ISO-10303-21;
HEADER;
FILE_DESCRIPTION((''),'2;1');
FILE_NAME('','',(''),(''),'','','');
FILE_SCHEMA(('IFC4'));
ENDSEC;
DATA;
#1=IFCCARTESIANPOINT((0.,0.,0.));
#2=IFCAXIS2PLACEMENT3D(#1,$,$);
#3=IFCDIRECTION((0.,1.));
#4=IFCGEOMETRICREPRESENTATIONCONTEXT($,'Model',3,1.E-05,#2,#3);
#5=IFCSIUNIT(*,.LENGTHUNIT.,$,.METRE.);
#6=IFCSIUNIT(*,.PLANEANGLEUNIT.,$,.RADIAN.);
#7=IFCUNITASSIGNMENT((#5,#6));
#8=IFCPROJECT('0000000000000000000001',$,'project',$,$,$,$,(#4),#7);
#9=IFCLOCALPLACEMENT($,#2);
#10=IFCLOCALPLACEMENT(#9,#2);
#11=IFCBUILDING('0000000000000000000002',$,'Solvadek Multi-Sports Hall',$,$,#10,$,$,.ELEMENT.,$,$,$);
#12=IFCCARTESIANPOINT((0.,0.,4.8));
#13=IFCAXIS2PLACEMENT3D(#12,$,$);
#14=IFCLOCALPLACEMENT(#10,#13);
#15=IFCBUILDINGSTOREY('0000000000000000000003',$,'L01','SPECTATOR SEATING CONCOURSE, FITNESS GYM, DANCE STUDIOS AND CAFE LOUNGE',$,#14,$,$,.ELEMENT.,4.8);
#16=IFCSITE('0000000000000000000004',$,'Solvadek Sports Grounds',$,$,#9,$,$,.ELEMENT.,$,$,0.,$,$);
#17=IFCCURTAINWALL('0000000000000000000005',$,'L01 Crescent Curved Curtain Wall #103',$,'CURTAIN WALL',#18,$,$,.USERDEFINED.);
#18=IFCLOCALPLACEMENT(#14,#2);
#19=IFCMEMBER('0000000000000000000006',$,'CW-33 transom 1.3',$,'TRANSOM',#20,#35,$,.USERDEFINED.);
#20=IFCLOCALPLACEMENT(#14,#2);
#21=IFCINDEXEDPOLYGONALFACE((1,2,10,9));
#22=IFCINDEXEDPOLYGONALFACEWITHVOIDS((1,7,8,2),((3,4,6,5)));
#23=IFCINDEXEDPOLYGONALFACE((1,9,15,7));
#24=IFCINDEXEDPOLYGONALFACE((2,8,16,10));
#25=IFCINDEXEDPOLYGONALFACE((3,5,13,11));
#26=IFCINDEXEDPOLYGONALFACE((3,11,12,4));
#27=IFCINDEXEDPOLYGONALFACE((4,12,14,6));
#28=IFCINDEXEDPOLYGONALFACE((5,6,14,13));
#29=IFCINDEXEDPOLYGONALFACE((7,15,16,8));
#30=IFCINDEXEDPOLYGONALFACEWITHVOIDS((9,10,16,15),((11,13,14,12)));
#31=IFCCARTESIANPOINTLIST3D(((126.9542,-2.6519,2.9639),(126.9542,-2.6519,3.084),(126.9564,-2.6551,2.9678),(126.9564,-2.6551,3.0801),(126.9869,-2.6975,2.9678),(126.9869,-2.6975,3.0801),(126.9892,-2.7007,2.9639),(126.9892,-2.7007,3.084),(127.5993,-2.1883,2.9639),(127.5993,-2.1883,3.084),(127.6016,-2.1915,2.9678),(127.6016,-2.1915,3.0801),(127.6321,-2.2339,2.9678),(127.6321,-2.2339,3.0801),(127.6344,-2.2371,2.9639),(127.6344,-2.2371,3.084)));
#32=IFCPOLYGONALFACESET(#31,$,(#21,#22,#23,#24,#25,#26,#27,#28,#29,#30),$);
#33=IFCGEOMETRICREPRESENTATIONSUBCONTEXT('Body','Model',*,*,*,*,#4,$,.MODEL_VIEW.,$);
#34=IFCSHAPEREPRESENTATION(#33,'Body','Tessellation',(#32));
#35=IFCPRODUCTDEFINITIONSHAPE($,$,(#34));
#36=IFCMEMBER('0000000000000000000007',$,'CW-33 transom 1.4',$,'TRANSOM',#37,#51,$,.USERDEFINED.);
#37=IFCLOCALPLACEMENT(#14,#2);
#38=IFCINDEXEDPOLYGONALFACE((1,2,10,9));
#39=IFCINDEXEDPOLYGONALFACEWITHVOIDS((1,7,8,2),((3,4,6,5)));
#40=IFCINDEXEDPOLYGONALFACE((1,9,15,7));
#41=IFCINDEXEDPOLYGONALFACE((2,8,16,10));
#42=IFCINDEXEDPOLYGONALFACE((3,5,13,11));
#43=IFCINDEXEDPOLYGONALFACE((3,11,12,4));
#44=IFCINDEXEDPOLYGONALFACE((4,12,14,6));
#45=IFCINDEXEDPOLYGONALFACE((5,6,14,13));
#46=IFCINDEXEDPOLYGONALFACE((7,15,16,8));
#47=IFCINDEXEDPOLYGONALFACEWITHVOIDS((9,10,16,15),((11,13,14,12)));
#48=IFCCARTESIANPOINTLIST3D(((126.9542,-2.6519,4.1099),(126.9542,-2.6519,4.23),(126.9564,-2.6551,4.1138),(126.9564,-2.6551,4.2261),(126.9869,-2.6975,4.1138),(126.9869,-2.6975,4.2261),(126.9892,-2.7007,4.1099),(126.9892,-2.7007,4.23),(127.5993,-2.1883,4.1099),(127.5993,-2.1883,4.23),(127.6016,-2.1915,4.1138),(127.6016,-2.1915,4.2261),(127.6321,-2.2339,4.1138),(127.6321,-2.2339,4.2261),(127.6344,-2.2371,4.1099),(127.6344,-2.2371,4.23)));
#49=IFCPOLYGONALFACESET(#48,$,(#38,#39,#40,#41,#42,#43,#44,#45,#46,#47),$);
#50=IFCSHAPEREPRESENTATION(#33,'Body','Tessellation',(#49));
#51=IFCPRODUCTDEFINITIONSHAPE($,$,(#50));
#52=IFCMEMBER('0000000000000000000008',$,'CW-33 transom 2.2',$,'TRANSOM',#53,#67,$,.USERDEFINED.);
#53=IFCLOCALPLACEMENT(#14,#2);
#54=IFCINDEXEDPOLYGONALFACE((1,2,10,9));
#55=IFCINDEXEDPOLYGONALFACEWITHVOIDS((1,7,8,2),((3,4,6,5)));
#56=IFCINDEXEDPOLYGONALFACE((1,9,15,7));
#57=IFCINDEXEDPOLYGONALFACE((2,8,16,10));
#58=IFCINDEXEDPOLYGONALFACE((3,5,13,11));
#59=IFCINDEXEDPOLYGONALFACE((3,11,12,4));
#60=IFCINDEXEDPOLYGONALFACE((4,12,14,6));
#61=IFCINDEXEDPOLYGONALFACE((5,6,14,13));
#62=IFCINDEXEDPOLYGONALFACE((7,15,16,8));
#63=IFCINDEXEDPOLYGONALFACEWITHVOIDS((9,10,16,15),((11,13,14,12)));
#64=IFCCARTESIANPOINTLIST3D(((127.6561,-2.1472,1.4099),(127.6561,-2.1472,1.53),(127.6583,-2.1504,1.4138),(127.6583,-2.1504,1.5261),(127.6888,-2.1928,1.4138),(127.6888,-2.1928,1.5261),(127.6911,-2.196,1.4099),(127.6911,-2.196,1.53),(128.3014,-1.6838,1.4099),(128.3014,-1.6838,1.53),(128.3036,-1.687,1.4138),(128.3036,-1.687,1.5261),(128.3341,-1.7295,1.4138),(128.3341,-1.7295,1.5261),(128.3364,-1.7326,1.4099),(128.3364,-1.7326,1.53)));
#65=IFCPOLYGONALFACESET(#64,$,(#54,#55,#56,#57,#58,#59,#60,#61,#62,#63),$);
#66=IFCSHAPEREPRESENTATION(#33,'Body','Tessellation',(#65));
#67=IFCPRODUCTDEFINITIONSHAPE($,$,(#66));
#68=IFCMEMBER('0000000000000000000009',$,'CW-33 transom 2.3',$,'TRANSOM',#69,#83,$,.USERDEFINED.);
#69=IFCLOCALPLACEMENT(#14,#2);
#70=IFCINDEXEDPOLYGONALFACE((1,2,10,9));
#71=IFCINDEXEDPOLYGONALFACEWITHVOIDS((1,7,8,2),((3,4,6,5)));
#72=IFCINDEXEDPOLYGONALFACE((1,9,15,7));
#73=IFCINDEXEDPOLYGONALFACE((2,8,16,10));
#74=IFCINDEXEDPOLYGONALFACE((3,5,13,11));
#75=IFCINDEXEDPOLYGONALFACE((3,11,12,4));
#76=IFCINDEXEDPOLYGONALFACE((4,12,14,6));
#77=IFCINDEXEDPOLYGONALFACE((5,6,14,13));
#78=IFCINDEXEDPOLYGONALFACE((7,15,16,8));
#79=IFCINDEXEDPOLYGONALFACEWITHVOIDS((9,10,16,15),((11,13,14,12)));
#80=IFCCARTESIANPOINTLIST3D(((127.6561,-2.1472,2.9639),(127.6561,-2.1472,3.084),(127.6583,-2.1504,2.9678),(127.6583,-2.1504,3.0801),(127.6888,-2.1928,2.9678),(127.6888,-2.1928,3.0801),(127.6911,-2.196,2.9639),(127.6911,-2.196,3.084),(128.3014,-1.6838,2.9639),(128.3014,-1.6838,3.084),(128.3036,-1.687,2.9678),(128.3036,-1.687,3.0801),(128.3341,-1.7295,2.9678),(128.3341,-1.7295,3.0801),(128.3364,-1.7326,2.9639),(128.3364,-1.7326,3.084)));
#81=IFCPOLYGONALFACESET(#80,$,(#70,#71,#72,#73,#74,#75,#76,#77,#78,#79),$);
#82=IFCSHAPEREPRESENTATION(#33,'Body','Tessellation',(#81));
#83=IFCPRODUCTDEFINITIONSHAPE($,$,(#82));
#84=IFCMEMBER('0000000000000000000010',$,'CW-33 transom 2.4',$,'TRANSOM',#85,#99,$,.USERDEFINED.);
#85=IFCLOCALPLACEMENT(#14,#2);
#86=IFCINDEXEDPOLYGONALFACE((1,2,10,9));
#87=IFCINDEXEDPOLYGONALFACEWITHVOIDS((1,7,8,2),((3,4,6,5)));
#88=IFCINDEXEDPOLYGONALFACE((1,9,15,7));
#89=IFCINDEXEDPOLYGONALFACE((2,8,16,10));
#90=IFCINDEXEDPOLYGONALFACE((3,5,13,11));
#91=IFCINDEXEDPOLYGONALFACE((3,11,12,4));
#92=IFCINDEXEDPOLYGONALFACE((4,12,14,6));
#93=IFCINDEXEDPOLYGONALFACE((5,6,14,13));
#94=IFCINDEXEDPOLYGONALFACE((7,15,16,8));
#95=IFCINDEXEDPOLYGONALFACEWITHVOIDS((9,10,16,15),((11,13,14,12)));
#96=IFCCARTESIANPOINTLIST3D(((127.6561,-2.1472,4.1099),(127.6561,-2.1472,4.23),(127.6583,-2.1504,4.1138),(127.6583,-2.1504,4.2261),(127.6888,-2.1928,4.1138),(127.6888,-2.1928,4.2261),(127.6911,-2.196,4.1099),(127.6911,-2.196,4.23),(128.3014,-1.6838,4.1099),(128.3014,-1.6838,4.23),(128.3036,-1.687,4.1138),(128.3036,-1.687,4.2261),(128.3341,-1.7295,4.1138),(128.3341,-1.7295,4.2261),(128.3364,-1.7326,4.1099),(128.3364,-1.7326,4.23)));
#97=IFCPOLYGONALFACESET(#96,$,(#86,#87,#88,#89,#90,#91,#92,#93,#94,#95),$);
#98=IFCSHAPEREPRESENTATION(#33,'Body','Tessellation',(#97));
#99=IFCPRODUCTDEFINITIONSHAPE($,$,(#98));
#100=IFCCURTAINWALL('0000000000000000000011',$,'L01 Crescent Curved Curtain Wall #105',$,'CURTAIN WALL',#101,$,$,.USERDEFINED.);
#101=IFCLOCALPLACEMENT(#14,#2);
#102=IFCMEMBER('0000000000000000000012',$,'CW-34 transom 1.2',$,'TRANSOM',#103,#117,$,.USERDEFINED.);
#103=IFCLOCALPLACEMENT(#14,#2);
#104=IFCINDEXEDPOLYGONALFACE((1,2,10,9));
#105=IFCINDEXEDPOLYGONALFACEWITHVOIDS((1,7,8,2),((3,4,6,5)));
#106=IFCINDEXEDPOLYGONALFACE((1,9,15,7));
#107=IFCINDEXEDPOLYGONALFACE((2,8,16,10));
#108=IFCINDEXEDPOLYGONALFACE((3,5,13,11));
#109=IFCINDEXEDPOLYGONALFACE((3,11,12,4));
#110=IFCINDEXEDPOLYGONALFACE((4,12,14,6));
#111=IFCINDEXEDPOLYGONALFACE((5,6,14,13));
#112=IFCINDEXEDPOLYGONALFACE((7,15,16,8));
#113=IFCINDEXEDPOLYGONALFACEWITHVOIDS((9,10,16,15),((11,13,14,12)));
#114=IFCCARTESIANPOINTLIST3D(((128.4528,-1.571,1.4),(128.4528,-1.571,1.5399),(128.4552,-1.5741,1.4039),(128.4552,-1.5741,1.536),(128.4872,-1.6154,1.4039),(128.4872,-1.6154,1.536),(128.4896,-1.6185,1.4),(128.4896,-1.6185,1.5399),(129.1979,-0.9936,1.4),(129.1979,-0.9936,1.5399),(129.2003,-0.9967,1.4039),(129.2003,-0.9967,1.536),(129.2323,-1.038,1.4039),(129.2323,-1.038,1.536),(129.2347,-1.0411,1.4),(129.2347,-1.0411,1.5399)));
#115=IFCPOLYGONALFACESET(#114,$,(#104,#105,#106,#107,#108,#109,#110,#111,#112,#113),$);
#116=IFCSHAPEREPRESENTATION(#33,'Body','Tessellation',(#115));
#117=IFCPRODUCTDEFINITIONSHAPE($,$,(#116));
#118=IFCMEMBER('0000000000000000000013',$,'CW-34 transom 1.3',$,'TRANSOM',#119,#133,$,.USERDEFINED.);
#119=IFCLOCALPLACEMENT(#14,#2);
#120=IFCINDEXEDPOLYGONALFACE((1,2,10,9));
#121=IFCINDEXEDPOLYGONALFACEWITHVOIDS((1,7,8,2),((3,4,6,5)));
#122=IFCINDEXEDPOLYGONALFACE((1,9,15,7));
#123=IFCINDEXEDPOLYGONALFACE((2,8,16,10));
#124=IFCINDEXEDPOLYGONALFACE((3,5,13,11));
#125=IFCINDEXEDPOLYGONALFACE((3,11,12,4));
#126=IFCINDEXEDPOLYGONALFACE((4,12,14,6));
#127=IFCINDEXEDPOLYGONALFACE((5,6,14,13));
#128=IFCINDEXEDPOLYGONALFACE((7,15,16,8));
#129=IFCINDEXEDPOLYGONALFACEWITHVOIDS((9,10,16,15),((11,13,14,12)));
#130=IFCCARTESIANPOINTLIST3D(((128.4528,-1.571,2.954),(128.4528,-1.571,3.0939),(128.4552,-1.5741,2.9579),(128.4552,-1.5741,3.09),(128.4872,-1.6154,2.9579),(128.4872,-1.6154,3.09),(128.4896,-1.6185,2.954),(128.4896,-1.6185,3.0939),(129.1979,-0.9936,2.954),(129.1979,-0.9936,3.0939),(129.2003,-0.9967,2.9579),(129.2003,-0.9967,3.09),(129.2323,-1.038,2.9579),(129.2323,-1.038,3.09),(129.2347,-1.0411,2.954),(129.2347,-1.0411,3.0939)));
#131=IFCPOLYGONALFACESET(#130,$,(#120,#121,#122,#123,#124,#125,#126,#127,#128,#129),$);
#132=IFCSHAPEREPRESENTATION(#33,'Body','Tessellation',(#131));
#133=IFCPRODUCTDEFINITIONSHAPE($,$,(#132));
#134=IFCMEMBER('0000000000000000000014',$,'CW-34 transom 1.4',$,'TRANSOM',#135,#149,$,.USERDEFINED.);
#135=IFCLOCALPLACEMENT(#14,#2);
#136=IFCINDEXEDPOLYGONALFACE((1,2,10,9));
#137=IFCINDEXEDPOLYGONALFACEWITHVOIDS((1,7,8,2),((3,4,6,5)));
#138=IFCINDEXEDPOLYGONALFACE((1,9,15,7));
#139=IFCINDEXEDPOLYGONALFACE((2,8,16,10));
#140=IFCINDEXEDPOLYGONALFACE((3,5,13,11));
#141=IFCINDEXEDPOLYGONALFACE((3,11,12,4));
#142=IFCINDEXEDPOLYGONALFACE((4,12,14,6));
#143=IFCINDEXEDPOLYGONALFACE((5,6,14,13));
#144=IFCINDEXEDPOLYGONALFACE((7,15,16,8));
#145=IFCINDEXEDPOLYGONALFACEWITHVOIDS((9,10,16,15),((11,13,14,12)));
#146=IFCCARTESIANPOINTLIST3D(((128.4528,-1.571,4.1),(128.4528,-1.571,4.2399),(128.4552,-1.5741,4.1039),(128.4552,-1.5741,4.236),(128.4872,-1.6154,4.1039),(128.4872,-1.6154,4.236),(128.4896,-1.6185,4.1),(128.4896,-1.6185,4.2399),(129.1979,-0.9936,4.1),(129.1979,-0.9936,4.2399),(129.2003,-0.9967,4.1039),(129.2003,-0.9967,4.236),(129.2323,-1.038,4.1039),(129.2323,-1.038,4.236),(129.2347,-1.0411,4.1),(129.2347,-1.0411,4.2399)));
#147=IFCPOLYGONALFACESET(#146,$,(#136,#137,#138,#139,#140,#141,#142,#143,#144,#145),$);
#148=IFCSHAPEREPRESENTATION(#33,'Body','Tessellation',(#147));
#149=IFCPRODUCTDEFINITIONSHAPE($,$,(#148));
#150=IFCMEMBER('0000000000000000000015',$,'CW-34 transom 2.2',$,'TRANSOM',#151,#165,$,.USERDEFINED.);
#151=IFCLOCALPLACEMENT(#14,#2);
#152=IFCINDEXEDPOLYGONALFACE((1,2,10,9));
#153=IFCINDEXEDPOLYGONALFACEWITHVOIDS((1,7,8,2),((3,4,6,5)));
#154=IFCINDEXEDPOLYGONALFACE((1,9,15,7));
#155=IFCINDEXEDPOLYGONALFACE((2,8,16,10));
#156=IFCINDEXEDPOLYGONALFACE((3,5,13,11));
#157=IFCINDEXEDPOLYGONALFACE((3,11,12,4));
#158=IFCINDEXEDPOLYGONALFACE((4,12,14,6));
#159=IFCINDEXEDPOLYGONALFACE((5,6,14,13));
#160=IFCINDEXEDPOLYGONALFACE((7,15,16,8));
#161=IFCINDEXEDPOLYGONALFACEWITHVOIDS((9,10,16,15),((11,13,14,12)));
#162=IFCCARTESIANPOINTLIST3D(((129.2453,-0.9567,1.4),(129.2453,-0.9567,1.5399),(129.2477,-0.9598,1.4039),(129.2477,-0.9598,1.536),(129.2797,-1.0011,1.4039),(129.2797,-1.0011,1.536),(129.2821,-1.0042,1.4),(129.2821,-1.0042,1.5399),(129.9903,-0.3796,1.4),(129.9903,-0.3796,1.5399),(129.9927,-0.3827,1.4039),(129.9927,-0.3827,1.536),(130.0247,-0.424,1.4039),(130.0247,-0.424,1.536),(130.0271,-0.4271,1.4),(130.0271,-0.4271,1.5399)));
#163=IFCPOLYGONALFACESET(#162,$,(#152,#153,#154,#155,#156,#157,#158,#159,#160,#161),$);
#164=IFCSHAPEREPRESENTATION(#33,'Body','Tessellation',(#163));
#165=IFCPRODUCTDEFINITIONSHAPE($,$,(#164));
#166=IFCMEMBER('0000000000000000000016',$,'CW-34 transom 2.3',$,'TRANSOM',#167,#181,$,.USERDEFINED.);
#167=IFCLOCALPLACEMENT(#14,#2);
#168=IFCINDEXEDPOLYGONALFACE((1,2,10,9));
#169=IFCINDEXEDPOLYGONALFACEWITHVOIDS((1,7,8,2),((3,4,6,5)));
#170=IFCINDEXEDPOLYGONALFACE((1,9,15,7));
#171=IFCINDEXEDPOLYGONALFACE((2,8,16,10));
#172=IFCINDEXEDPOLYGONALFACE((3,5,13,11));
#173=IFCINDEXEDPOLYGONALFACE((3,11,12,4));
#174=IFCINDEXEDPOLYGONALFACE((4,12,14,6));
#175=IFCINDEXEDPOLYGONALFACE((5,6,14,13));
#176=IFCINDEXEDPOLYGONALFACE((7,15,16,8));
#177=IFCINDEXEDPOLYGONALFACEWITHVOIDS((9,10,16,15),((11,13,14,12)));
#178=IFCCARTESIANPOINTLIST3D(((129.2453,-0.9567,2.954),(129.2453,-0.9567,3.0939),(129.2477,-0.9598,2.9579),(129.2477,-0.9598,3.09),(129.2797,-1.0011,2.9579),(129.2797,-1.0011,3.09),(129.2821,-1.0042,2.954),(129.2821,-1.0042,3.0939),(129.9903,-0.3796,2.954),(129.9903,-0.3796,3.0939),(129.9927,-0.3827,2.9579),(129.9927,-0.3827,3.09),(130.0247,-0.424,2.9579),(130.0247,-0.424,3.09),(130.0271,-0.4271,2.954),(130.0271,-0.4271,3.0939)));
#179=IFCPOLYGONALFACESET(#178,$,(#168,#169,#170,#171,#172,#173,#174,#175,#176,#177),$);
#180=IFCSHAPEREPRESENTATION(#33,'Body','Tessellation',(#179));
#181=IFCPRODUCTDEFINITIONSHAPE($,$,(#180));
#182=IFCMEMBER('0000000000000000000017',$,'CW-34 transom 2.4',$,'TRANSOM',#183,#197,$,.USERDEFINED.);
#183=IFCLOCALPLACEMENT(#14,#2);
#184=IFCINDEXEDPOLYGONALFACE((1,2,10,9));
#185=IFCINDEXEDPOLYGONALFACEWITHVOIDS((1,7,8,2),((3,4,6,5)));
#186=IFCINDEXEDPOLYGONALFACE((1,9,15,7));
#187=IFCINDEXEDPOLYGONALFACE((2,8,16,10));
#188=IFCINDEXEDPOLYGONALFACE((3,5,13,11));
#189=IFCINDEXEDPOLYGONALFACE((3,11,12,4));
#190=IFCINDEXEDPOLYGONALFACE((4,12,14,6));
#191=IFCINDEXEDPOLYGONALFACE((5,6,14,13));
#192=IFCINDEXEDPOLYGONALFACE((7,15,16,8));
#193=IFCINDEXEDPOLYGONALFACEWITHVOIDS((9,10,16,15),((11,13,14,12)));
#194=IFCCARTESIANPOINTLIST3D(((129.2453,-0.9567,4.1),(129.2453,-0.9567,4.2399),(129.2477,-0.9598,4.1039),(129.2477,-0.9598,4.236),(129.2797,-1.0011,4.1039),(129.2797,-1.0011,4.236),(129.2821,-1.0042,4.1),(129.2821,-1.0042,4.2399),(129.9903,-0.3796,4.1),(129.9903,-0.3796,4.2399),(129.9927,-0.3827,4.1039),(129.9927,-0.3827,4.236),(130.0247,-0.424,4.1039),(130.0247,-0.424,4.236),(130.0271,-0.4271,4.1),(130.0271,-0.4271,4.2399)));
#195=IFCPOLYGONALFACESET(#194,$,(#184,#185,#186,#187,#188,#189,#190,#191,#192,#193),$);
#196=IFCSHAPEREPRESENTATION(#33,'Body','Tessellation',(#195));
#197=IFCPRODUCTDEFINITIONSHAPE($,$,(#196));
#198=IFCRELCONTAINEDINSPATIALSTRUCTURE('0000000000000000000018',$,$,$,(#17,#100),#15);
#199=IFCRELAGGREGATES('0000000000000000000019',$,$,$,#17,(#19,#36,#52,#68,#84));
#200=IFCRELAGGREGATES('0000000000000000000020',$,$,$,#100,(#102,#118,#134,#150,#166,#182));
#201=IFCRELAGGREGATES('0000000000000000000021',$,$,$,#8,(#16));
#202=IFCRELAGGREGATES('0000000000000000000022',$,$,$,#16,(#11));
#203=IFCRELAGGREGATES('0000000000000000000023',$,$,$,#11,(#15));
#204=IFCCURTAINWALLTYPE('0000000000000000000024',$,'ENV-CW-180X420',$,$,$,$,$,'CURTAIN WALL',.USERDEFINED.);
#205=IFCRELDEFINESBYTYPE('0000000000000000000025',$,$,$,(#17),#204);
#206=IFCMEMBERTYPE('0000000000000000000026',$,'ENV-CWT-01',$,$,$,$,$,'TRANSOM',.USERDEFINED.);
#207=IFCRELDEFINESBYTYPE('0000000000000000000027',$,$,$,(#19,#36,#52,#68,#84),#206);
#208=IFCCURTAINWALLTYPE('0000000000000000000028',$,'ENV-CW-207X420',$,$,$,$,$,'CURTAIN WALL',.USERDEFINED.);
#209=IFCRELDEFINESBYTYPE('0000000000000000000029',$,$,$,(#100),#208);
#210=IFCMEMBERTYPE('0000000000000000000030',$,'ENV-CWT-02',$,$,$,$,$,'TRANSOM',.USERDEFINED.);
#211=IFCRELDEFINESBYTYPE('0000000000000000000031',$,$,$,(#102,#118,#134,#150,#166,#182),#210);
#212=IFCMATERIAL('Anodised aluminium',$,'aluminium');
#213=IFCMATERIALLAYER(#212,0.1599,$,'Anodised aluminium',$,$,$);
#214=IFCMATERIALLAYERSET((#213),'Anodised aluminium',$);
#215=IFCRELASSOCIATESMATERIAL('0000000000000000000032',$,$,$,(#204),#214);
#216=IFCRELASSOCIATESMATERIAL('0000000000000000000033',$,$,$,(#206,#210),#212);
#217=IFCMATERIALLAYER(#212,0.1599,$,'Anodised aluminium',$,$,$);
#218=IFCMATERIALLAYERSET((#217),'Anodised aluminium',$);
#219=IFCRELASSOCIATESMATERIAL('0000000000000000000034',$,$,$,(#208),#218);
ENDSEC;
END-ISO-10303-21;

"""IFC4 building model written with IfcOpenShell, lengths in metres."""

from ifc_helpers import new_model, si_unit, direction, frame, origin, origin_2d, place, context, subcontext, project, spatial, hollow_rectangle, extrude, material, layer, layer_set, material_profile, profile_set, type_object, element, aggregate, save


model = new_model("IFC4")

# Units and contexts
model_context = context("Model", 3, precision=1e-05, world=origin(), true_north=direction((0.0, 1.0)))
body_context = subcontext(model_context, "Body", "Model", "MODEL_VIEW")
ifc_project = project(units=[si_unit("LENGTHUNIT", "METRE"), si_unit("PLANEANGLEUNIT", "RADIAN")], contexts=[model_context])

# Site, building, storey
site_placement = place(None, origin())
site = spatial("IfcSite", under=ifc_project, at=site_placement, Name="Solvadek Sports Grounds", CompositionType="ELEMENT", RefElevation=0.0)
building_placement = place(site_placement, origin())
building = spatial("IfcBuilding", under=site, at=building_placement, Name="Solvadek Multi-Sports Hall", CompositionType="ELEMENT")
storey_placement = place(building_placement, frame((0.0, 0.0, 4.8)))
storey = spatial("IfcBuildingStorey", under=building, at=storey_placement, Name="L01", Description="SPECTATOR SEATING CONCOURSE, FITNESS GYM, DANCE STUDIOS AND CAFE LOUNGE", CompositionType="ELEMENT", Elevation=4.8)

# Curtain walls, members
ifc_material_1 = material(Name="Anodised aluminium", Category="aluminium")
ifc_layer_1 = layer(ifc_material_1, 0.1599, Name="Anodised aluminium")
ifc_layer_set_1 = layer_set([ifc_layer_1], Name="Anodised aluminium")
curtain_wall_type_1 = type_object("IfcCurtainWallType", Name="ENV-CW-180X420", ElementType="CURTAIN WALL", PredefinedType="USERDEFINED", material=ifc_layer_set_1)
curtain_wall_1_placement = place(storey_placement, origin())
curtain_wall_1 = element("IfcCurtainWall", 1, at=curtain_wall_1_placement, inside=storey, type_object=curtain_wall_type_1, Name="L01 Crescent Curved Curtain Wall #103", ObjectType="CURTAIN WALL", PredefinedType="USERDEFINED")
ifc_material_profile_1 = material_profile(ifc_material_1, hollow_rectangle(XDim=0.0601, YDim=0.1201, WallThickness=0.0039, at=origin_2d()), Name="ALU-T 120x60x4")
ifc_profile_set_1 = profile_set([ifc_material_profile_1], Name="Anodised aluminium")
member_type_1 = type_object("IfcMemberType", Name="ENV-CWT-01", ElementType="TRANSOM", PredefinedType="USERDEFINED", material=ifc_profile_set_1)
member_1_placement = place(storey_placement, frame((126.9717, -2.6763, 3.0239), z_axis=(0.812111, 0.583503, 0.0), x_axis=(-0.583503, 0.812111, 0.0)))
member_1 = element("IfcMember", 2, at=member_1_placement, type_object=member_type_1, Name="CW-33 transom 1.3", ObjectType="TRANSOM", PredefinedType="USERDEFINED", context=body_context, shape_type="SweptSolid", body=[
    extrude(hollow_rectangle(XDim=0.0601, YDim=0.1201, WallThickness=0.0039, at=origin_2d()), origin(), (0.0, 0.0, 1.0), 0.7944),
])
member_2_placement = place(storey_placement, frame((126.9717, -2.6763, 4.1699), z_axis=(0.812111, 0.583503, 0.0), x_axis=(-0.583503, 0.812111, 0.0)))
member_2 = element("IfcMember", 3, at=member_2_placement, type_object=member_type_1, Name="CW-33 transom 1.4", ObjectType="TRANSOM", PredefinedType="USERDEFINED", context=body_context, shape_type="SweptSolid", body=[
    extrude(hollow_rectangle(XDim=0.0601, YDim=0.1201, WallThickness=0.0039, at=origin_2d()), origin(), (0.0, 0.0, 1.0), 0.7944),
])
member_3_placement = place(storey_placement, frame((127.6736, -2.1716, 1.47), z_axis=(0.812257, 0.5833, 0.0), x_axis=(-0.5833, 0.812257, 0.0)))
member_3 = element("IfcMember", 4, at=member_3_placement, type_object=member_type_1, Name="CW-33 transom 2.2", ObjectType="TRANSOM", PredefinedType="USERDEFINED", context=body_context, shape_type="SweptSolid", body=[
    extrude(hollow_rectangle(XDim=0.0601, YDim=0.1201, WallThickness=0.0039, at=origin_2d()), origin(), (0.0, 0.0, 1.0), 0.7944),
])
member_4_placement = place(storey_placement, frame((127.6736, -2.1716, 3.0239), z_axis=(0.812257, 0.5833, 0.0), x_axis=(-0.5833, 0.812257, 0.0)))
member_4 = element("IfcMember", 5, at=member_4_placement, type_object=member_type_1, Name="CW-33 transom 2.3", ObjectType="TRANSOM", PredefinedType="USERDEFINED", context=body_context, shape_type="SweptSolid", body=[
    extrude(hollow_rectangle(XDim=0.0601, YDim=0.1201, WallThickness=0.0039, at=origin_2d()), origin(), (0.0, 0.0, 1.0), 0.7944),
])
member_5_placement = place(storey_placement, frame((127.6736, -2.1716, 4.1699), z_axis=(0.812257, 0.5833, 0.0), x_axis=(-0.5833, 0.812257, 0.0)))
member_5 = element("IfcMember", 6, at=member_5_placement, type_object=member_type_1, Name="CW-33 transom 2.4", ObjectType="TRANSOM", PredefinedType="USERDEFINED", context=body_context, shape_type="SweptSolid", body=[
    extrude(hollow_rectangle(XDim=0.0601, YDim=0.1201, WallThickness=0.0039, at=origin_2d()), origin(), (0.0, 0.0, 1.0), 0.7944),
])
ifc_layer_2 = layer(ifc_material_1, 0.1599, Name="Anodised aluminium")
ifc_layer_set_2 = layer_set([ifc_layer_2], Name="Anodised aluminium")
curtain_wall_type_2 = type_object("IfcCurtainWallType", Name="ENV-CW-207X420", ElementType="CURTAIN WALL", PredefinedType="USERDEFINED", material=ifc_layer_set_2)
curtain_wall_2_placement = place(storey_placement, origin())
curtain_wall_2 = element("IfcCurtainWall", 7, at=curtain_wall_2_placement, inside=storey, type_object=curtain_wall_type_2, Name="L01 Crescent Curved Curtain Wall #105", ObjectType="CURTAIN WALL", PredefinedType="USERDEFINED")
ifc_material_profile_2 = material_profile(ifc_material_1, hollow_rectangle(XDim=0.0601, YDim=0.1399, WallThickness=0.0039, at=origin_2d()), Name="ALU-T 140x60x4")
ifc_profile_set_2 = profile_set([ifc_material_profile_2], Name="Anodised aluminium")
member_type_2 = type_object("IfcMemberType", Name="ENV-CWT-02", ElementType="TRANSOM", PredefinedType="USERDEFINED", material=ifc_profile_set_2)
member_6_placement = place(storey_placement, frame((128.4712, -1.5947, 1.47), z_axis=(0.790453, 0.612523, 0.0), x_axis=(-0.612523, 0.790453, 0.0)))
member_6 = element("IfcMember", 8, at=member_6_placement, type_object=member_type_2, Name="CW-34 transom 1.2", ObjectType="TRANSOM", PredefinedType="USERDEFINED", context=body_context, shape_type="SweptSolid", body=[
    extrude(hollow_rectangle(XDim=0.0601, YDim=0.1399, WallThickness=0.0039, at=origin_2d()), origin(), (0.0, 0.0, 1.0), 0.9426),
])
member_7_placement = place(storey_placement, frame((128.4712, -1.5947, 3.0239), z_axis=(0.790453, 0.612523, 0.0), x_axis=(-0.612523, 0.790453, 0.0)))
member_7 = element("IfcMember", 9, at=member_7_placement, type_object=member_type_2, Name="CW-34 transom 1.3", ObjectType="TRANSOM", PredefinedType="USERDEFINED", context=body_context, shape_type="SweptSolid", body=[
    extrude(hollow_rectangle(XDim=0.0601, YDim=0.1399, WallThickness=0.0039, at=origin_2d()), origin(), (0.0, 0.0, 1.0), 0.9426),
])
member_8_placement = place(storey_placement, frame((128.4712, -1.5947, 4.1699), z_axis=(0.790453, 0.612523, 0.0), x_axis=(-0.612523, 0.790453, 0.0)))
member_8 = element("IfcMember", 10, at=member_8_placement, type_object=member_type_2, Name="CW-34 transom 1.4", ObjectType="TRANSOM", PredefinedType="USERDEFINED", context=body_context, shape_type="SweptSolid", body=[
    extrude(hollow_rectangle(XDim=0.0601, YDim=0.1399, WallThickness=0.0039, at=origin_2d()), origin(), (0.0, 0.0, 1.0), 0.9426),
])
member_9_placement = place(storey_placement, frame((129.2637, -0.9805, 1.47), z_axis=(0.790578, 0.612361, 0.0), x_axis=(-0.612361, 0.790578, 0.0)))
member_9 = element("IfcMember", 11, at=member_9_placement, type_object=member_type_2, Name="CW-34 transom 2.2", ObjectType="TRANSOM", PredefinedType="USERDEFINED", context=body_context, shape_type="SweptSolid", body=[
    extrude(hollow_rectangle(XDim=0.0601, YDim=0.1399, WallThickness=0.0039, at=origin_2d()), origin(), (0.0, 0.0, 1.0), 0.9424),
])
member_10_placement = place(storey_placement, frame((129.2637, -0.9805, 3.0239), z_axis=(0.790578, 0.612361, 0.0), x_axis=(-0.612361, 0.790578, 0.0)))
member_10 = element("IfcMember", 12, at=member_10_placement, type_object=member_type_2, Name="CW-34 transom 2.3", ObjectType="TRANSOM", PredefinedType="USERDEFINED", context=body_context, shape_type="SweptSolid", body=[
    extrude(hollow_rectangle(XDim=0.0601, YDim=0.1399, WallThickness=0.0039, at=origin_2d()), origin(), (0.0, 0.0, 1.0), 0.9424),
])
member_11_placement = place(storey_placement, frame((129.2637, -0.9805, 4.1699), z_axis=(0.790578, 0.612361, 0.0), x_axis=(-0.612361, 0.790578, 0.0)))
member_11 = element("IfcMember", 13, at=member_11_placement, type_object=member_type_2, Name="CW-34 transom 2.4", ObjectType="TRANSOM", PredefinedType="USERDEFINED", context=body_context, shape_type="SweptSolid", body=[
    extrude(hollow_rectangle(XDim=0.0601, YDim=0.1399, WallThickness=0.0039, at=origin_2d()), origin(), (0.0, 0.0, 1.0), 0.9424),
])

aggregate(curtain_wall_1, [member_1, member_2, member_3, member_4, member_5])
aggregate(curtain_wall_2, [member_6, member_7, member_8, member_9, member_10, member_11])

save(model, "model.ifc")
